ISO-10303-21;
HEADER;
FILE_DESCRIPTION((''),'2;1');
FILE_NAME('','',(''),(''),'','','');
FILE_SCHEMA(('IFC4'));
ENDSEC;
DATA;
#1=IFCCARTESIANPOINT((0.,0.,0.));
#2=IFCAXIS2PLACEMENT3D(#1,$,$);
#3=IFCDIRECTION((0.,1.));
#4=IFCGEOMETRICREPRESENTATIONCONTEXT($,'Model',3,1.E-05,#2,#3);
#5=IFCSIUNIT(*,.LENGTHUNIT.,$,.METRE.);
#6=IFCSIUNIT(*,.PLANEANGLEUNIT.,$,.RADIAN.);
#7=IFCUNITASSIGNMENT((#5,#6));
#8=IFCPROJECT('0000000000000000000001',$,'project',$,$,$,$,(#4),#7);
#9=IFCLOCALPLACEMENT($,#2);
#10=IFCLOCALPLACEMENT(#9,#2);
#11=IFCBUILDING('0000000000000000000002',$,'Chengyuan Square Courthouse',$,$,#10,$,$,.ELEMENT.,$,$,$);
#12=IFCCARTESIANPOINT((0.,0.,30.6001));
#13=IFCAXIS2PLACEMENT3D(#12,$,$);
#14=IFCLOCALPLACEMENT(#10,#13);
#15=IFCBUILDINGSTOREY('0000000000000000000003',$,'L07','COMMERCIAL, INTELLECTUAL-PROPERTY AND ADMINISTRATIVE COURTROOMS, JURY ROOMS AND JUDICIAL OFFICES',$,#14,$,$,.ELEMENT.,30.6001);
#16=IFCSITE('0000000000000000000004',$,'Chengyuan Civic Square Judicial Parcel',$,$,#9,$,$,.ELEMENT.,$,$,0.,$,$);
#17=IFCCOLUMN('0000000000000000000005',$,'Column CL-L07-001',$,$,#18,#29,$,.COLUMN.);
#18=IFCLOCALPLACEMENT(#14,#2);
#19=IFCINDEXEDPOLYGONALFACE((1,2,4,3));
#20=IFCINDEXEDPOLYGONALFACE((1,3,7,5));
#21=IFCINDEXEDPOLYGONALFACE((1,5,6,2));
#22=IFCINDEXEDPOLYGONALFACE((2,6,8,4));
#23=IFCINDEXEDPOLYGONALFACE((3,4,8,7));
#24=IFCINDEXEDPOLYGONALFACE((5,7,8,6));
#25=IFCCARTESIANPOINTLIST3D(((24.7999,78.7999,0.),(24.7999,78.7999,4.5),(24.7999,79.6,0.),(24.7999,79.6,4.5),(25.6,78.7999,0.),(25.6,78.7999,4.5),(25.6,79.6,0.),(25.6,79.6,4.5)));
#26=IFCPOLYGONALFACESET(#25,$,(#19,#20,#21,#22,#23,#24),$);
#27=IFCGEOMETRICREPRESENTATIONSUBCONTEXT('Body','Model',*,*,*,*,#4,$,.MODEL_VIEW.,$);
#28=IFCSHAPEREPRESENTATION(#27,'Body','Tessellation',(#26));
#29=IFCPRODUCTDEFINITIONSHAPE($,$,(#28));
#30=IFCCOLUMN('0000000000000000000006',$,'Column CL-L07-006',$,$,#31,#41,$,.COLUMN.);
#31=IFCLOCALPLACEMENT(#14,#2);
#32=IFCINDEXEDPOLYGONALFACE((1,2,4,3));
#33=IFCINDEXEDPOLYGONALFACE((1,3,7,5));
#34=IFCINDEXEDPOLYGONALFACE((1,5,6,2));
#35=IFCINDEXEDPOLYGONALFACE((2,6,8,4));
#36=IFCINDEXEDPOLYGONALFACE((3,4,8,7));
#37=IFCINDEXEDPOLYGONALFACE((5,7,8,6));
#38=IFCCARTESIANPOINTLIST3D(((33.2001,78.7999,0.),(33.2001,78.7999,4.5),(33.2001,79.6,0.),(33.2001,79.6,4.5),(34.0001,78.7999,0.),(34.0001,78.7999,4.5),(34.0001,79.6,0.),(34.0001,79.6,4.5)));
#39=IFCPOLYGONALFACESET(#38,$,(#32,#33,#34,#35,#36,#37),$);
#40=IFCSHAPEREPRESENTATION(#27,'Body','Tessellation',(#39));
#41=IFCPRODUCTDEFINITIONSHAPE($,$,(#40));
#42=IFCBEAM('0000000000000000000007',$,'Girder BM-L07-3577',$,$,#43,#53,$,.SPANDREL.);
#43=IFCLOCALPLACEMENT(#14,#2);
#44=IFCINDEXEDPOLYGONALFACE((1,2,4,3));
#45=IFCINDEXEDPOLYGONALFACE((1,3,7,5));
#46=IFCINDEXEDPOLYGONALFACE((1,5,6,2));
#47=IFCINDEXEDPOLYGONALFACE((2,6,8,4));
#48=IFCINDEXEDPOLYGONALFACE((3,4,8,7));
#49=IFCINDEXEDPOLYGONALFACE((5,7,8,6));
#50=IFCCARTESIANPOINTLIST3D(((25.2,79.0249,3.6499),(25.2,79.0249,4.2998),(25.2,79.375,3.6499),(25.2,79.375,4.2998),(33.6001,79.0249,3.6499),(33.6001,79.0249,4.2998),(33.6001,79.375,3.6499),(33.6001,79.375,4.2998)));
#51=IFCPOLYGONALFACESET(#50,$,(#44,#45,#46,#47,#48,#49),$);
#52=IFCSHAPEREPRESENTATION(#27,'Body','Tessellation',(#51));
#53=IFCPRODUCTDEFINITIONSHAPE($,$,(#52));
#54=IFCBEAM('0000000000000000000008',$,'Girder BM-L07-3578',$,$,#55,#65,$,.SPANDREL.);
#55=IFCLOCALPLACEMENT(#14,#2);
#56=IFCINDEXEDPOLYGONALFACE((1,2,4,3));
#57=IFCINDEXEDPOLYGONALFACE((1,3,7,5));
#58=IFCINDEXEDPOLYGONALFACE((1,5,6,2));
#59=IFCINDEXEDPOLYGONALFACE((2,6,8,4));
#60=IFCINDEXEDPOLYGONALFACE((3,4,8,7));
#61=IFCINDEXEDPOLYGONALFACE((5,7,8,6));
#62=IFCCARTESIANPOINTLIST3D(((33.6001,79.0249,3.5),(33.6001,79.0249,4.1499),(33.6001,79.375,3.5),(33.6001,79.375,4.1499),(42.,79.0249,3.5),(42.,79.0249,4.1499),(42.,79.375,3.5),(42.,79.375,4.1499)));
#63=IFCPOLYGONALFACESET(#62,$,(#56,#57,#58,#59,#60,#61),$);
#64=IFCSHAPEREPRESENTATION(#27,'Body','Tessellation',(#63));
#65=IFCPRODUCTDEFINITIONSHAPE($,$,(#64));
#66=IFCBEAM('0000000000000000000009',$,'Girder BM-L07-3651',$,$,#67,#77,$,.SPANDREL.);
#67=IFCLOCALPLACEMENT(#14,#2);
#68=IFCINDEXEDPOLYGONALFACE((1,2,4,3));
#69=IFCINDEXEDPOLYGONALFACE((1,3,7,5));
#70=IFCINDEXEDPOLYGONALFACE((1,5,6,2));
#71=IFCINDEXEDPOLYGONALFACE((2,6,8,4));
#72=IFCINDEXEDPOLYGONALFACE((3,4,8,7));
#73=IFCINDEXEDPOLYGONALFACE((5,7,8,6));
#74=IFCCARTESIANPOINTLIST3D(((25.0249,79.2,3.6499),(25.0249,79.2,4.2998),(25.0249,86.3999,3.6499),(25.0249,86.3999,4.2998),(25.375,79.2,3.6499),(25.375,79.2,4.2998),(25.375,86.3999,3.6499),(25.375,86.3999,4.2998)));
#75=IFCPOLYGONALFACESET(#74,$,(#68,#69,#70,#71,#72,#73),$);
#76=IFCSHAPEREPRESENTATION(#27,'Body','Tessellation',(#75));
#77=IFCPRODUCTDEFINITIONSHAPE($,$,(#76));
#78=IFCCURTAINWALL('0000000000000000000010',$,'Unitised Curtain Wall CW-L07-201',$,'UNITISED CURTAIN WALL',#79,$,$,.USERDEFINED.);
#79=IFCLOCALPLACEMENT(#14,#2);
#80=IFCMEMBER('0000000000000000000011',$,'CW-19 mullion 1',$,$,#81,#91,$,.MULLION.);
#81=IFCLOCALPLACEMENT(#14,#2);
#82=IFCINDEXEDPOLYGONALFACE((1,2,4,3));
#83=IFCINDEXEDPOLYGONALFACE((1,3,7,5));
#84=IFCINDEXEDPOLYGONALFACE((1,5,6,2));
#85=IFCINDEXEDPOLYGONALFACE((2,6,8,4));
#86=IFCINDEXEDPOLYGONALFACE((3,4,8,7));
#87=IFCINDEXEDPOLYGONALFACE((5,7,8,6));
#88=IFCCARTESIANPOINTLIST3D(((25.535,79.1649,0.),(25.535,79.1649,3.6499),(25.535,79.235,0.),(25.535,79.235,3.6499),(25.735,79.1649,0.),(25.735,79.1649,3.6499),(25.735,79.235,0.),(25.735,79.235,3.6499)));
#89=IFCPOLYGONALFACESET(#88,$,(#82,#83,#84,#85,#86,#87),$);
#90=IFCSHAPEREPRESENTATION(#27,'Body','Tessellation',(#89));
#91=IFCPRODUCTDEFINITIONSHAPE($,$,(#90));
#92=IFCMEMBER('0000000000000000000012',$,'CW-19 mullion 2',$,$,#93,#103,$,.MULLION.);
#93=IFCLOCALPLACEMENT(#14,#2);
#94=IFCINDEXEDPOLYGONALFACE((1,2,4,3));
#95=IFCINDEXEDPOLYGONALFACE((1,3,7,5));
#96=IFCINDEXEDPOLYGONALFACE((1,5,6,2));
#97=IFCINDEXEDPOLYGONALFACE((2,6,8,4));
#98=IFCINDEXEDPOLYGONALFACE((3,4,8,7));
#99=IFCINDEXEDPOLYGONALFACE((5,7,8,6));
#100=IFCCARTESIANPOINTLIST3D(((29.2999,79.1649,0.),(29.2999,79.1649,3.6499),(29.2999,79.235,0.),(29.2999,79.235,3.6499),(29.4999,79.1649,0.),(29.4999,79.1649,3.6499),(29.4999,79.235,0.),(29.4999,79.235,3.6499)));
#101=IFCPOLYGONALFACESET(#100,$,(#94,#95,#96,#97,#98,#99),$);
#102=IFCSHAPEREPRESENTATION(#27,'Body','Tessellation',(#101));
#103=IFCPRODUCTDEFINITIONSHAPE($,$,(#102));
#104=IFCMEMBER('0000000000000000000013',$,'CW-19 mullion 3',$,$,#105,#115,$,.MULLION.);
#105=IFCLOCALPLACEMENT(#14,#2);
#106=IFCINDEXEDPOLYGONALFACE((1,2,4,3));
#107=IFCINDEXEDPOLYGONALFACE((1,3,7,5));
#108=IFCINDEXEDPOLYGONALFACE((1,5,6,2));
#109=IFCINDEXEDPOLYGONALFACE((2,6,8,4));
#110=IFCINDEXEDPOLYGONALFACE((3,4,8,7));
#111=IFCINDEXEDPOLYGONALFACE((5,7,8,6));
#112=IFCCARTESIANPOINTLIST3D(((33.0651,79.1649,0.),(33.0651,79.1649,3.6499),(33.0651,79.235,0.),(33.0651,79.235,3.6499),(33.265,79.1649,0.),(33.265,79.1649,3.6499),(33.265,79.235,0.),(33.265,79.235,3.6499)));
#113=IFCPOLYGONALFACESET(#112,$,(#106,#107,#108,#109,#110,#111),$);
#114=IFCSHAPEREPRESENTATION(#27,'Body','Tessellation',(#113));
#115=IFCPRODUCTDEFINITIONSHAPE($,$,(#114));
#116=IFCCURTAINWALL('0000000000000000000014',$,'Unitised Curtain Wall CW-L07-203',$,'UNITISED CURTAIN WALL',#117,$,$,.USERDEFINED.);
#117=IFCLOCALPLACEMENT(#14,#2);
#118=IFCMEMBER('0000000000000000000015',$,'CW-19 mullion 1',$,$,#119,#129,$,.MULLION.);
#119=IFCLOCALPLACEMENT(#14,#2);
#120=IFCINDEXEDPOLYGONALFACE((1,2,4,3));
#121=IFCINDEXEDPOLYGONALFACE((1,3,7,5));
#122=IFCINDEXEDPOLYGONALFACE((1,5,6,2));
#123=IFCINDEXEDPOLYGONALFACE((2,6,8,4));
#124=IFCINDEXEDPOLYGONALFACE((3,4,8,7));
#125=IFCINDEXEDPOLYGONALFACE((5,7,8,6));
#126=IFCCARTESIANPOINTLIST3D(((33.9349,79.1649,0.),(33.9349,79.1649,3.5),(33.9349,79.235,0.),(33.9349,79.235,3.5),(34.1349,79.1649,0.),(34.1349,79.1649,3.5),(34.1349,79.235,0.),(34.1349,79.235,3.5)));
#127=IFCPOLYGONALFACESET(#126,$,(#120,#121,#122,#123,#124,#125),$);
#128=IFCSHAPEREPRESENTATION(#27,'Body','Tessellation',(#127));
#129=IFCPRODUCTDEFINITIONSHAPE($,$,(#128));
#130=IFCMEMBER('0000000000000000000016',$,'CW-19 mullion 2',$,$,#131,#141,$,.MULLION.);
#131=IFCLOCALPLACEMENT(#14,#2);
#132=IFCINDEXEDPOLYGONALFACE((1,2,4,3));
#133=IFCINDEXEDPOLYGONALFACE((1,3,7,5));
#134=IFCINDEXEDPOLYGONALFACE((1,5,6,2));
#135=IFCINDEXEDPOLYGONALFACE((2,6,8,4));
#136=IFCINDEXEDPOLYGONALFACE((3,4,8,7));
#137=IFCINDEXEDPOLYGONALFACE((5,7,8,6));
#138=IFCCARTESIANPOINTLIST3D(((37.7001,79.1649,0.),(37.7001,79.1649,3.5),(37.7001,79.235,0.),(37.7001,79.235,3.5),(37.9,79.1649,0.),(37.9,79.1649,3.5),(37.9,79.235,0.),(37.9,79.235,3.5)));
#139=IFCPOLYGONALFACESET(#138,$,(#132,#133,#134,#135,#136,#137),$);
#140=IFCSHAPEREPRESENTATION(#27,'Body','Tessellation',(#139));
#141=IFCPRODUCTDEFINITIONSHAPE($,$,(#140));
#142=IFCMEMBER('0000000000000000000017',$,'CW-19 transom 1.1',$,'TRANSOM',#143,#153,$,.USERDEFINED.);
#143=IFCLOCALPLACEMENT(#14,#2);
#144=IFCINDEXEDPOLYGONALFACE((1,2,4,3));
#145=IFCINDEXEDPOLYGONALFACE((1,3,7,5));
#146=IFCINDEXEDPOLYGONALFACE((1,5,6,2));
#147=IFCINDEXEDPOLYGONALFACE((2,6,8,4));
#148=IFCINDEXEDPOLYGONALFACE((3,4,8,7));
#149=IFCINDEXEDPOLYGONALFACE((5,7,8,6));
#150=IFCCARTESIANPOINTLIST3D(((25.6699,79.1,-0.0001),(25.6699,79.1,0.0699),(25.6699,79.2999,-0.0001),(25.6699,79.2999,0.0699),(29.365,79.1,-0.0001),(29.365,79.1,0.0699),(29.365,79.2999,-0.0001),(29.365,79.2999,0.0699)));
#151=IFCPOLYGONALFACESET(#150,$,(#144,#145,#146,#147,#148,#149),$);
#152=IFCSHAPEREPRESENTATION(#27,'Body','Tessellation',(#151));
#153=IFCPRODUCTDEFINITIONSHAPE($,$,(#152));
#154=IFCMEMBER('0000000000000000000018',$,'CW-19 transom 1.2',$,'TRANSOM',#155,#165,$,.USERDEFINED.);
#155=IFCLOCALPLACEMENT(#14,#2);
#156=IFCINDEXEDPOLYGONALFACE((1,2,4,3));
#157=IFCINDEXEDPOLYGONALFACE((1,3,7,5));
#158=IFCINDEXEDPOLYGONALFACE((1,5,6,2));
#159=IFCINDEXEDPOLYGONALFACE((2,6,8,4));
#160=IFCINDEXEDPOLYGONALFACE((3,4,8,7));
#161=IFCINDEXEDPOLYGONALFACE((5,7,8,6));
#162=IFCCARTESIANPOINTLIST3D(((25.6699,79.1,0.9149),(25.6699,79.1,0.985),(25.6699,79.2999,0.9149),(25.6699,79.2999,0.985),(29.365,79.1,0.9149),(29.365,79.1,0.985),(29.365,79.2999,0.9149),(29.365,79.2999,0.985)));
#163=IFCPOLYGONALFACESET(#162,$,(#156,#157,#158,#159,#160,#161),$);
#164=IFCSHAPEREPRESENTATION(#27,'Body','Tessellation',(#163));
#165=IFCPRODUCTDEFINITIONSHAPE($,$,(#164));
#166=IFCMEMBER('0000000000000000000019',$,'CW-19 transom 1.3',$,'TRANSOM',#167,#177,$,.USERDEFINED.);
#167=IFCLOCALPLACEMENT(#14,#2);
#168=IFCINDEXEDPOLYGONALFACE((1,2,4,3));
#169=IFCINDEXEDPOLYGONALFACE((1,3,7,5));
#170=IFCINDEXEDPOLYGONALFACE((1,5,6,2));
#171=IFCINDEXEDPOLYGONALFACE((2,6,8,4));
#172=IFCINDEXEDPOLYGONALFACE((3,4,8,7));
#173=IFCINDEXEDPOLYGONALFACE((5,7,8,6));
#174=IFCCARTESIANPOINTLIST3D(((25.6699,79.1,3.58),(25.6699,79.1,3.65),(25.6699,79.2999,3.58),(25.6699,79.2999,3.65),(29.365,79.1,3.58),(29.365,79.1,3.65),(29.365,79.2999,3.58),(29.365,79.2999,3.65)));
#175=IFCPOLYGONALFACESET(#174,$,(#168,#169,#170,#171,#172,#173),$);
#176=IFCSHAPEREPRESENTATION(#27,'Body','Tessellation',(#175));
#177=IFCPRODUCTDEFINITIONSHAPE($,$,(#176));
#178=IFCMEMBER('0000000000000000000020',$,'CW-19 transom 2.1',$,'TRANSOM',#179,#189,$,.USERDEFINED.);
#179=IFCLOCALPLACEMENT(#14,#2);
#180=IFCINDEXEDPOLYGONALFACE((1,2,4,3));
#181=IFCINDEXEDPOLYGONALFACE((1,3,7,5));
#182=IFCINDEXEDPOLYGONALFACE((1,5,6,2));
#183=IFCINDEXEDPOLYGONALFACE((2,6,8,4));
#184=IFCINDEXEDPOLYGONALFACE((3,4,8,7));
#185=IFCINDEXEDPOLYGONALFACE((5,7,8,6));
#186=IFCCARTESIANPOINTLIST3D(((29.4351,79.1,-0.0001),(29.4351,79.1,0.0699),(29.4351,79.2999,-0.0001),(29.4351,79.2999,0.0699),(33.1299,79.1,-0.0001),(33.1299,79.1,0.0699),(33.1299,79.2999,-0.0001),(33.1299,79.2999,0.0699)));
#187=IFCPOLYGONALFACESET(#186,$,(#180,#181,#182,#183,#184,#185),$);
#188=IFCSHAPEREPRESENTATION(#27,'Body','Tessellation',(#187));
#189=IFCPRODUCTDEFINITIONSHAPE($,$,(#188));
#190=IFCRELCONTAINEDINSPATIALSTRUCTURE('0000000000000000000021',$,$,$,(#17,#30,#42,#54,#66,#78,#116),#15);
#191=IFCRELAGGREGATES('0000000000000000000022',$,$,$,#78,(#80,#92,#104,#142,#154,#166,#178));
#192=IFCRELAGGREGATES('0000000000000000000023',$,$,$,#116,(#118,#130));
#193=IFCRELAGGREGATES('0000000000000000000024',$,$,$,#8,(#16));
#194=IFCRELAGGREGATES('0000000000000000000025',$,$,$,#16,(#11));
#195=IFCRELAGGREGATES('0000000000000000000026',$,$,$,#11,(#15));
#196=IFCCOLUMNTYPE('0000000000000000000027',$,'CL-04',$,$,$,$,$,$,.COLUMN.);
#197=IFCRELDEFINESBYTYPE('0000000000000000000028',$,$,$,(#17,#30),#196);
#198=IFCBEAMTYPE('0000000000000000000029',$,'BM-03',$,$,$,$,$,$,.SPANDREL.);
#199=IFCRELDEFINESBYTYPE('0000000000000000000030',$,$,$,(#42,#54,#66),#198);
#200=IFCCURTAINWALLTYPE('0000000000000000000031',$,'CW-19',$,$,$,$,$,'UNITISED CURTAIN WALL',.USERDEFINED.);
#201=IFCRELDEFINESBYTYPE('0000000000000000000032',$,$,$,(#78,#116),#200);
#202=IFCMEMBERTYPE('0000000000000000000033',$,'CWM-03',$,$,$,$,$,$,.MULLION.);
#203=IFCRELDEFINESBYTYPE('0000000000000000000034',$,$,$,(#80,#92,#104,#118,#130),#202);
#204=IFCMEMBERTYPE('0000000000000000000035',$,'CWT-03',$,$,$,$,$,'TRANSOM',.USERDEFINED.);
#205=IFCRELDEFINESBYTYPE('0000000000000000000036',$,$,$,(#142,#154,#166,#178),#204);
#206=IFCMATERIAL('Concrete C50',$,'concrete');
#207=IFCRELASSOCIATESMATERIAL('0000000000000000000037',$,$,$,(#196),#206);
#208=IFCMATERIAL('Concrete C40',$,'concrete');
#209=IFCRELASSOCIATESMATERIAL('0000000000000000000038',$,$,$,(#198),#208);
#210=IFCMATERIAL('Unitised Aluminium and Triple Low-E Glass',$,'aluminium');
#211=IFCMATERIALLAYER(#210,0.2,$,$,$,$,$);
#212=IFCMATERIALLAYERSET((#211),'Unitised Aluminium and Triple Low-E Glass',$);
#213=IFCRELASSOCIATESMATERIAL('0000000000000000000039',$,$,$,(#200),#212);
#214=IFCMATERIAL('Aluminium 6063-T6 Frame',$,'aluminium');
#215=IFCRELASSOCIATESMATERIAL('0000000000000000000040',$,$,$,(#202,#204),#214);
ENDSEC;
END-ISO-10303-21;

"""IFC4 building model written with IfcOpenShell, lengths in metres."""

from ifc_helpers import new_model, si_unit, direction, frame, origin, origin_2d, place, context, subcontext, project, spatial, rectangle, extrude, material, layer, layer_set, material_profile, profile_set, type_object, element, aggregate, save


model = new_model("IFC4")

# Units and contexts
model_context = context("Model", 3, precision=1e-05, world=origin(), true_north=direction((0.0, 1.0)))
body_context = subcontext(model_context, "Body", "Model", "MODEL_VIEW")
ifc_project = project(units=[si_unit("LENGTHUNIT", "METRE"), si_unit("PLANEANGLEUNIT", "RADIAN")], contexts=[model_context])

# Site, building, storey
site_placement = place(None, origin())
site = spatial("IfcSite", under=ifc_project, at=site_placement, Name="Chengyuan Civic Square Judicial Parcel", CompositionType="ELEMENT", RefElevation=0.0)
building_placement = place(site_placement, origin())
building = spatial("IfcBuilding", under=site, at=building_placement, Name="Chengyuan Square Courthouse", CompositionType="ELEMENT")
storey_placement = place(building_placement, frame((0.0, 0.0, 30.6001)))
storey = spatial("IfcBuildingStorey", under=building, at=storey_placement, Name="L07", Description="COMMERCIAL, INTELLECTUAL-PROPERTY AND ADMINISTRATIVE COURTROOMS, JURY ROOMS AND JUDICIAL OFFICES", CompositionType="ELEMENT", Elevation=30.6001)

# Columns
ifc_material_1 = material(Name="Concrete C50", Category="concrete")
ifc_material_profile_1 = material_profile(ifc_material_1, rectangle(XDim=0.8, YDim=0.8, at=origin_2d()), Name="RC-COL-800x800")
ifc_profile_set_1 = profile_set([ifc_material_profile_1], Name="Concrete C50")
column_type = type_object("IfcColumnType", Name="CL-04", PredefinedType="COLUMN", material=ifc_profile_set_1)
for number, where, z_axis, x_axis, name in (
    (1, (25.2, 79.2, 0.0), (0.0, 0.0, 1.0), (1.0, 0.0, 0.0), "Column CL-L07-001"),
    (2, (33.6001, 79.2, 0.0), (0.0, 0.0, 1.0), (1.0, 0.0, 0.0), "Column CL-L07-006"),
):
    element("IfcColumn", number, at=place(storey_placement, frame(where, z_axis=z_axis, x_axis=x_axis)), inside=storey, type_object=column_type, Name=name, PredefinedType="COLUMN", context=body_context, shape_type="SweptSolid", body=[
        extrude(rectangle(XDim=0.8, YDim=0.8, at=origin_2d()), origin(), (0.0, 0.0, 1.0), 4.5),
    ])

# Beams
ifc_material_2 = material(Name="Concrete C40", Category="concrete")
ifc_material_profile_2 = material_profile(ifc_material_2, rectangle(XDim=0.3501, YDim=0.6499, at=origin_2d()), Name="RC-BM-350x650")
ifc_profile_set_2 = profile_set([ifc_material_profile_2], Name="Concrete C40")
beam_type = type_object("IfcBeamType", Name="BM-03", PredefinedType="SPANDREL", material=ifc_profile_set_2)
beam_1_placement = place(storey_placement, frame((25.2, 79.2, 3.9749), z_axis=(1.0, 0.0, 0.0), x_axis=(0.0, 1.0, 0.0)))
element("IfcBeam", 3, at=beam_1_placement, inside=storey, type_object=beam_type, Name="Girder BM-L07-3577", PredefinedType="SPANDREL", context=body_context, shape_type="SweptSolid", body=[
    extrude(rectangle(XDim=0.3501, YDim=0.6499, at=origin_2d()), origin(), (0.0, 0.0, 1.0), 8.4001),
])
beam_2_placement = place(storey_placement, frame((33.6001, 79.2, 3.825), z_axis=(1.0, 0.0, 0.0), x_axis=(0.0, 1.0, 0.0)))
element("IfcBeam", 4, at=beam_2_placement, inside=storey, type_object=beam_type, Name="Girder BM-L07-3578", PredefinedType="SPANDREL", context=body_context, shape_type="SweptSolid", body=[
    extrude(rectangle(XDim=0.3501, YDim=0.6499, at=origin_2d()), origin(), (0.0, 0.0, 1.0), 8.3999),
])
beam_3_placement = place(storey_placement, frame((25.2, 79.2, 3.9749), z_axis=(0.0, 1.0, 0.0), x_axis=(-1.0, 0.0, 0.0)))
element("IfcBeam", 5, at=beam_3_placement, inside=storey, type_object=beam_type, Name="Girder BM-L07-3651", PredefinedType="SPANDREL", context=body_context, shape_type="SweptSolid", body=[
    extrude(rectangle(XDim=0.3501, YDim=0.6499, at=origin_2d()), origin(), (0.0, 0.0, 1.0), 7.2),
])

# Curtain walls, members
ifc_material_3 = material(Name="Unitised Aluminium and Triple Low-E Glass", Category="aluminium")
ifc_layer_1 = layer(ifc_material_3, 0.2)
ifc_layer_set_1 = layer_set([ifc_layer_1], Name="Unitised Aluminium and Triple Low-E Glass")
curtain_wall_type = type_object("IfcCurtainWallType", Name="CW-19", ElementType="UNITISED CURTAIN WALL", PredefinedType="USERDEFINED", material=ifc_layer_set_1)
curtain_wall_1_placement = place(storey_placement, origin())
curtain_wall_1 = element("IfcCurtainWall", 6, at=curtain_wall_1_placement, inside=storey, type_object=curtain_wall_type, Name="Unitised Curtain Wall CW-L07-201", ObjectType="UNITISED CURTAIN WALL", PredefinedType="USERDEFINED")
ifc_material_4 = material(Name="Aluminium 6063-T6 Frame", Category="aluminium")
ifc_material_profile_3 = material_profile(ifc_material_4, rectangle(XDim=0.0701, YDim=0.2, at=origin_2d()), Name="CW-MUL-70x200")
ifc_profile_set_3 = profile_set([ifc_material_profile_3], Name="Aluminium 6063-T6 Frame")
member_type_1 = type_object("IfcMemberType", Name="CWM-03", PredefinedType="MULLION", material=ifc_profile_set_3)
member_1_placement = place(storey_placement, frame((25.635, 79.2, 0.0), z_axis=(0.0, 0.0, 1.0), x_axis=(0.0, 1.0, 0.0)))
member_1 = element("IfcMember", 7, at=member_1_placement, type_object=member_type_1, Name="CW-19 mullion 1", PredefinedType="MULLION", context=body_context, shape_type="SweptSolid", body=[
    extrude(rectangle(XDim=0.0701, YDim=0.2, at=origin_2d()), origin(), (0.0, 0.0, 1.0), 3.6499),
])
member_2_placement = place(storey_placement, frame((29.3999, 79.2, 0.0), z_axis=(0.0, 0.0, 1.0), x_axis=(0.0, 1.0, 0.0)))
member_2 = element("IfcMember", 8, at=member_2_placement, type_object=member_type_1, Name="CW-19 mullion 2", PredefinedType="MULLION", context=body_context, shape_type="SweptSolid", body=[
    extrude(rectangle(XDim=0.0701, YDim=0.2, at=origin_2d()), origin(), (0.0, 0.0, 1.0), 3.6499),
])
member_3_placement = place(storey_placement, frame((33.165, 79.2, 0.0), z_axis=(0.0, 0.0, 1.0), x_axis=(0.0, 1.0, 0.0)))
member_3 = element("IfcMember", 9, at=member_3_placement, type_object=member_type_1, Name="CW-19 mullion 3", PredefinedType="MULLION", context=body_context, shape_type="SweptSolid", body=[
    extrude(rectangle(XDim=0.0701, YDim=0.2, at=origin_2d()), origin(), (0.0, 0.0, 1.0), 3.6499),
])
curtain_wall_2_placement = place(storey_placement, origin())
curtain_wall_2 = element("IfcCurtainWall", 10, at=curtain_wall_2_placement, inside=storey, type_object=curtain_wall_type, Name="Unitised Curtain Wall CW-L07-203", ObjectType="UNITISED CURTAIN WALL", PredefinedType="USERDEFINED")
member_4_placement = place(storey_placement, frame((34.0349, 79.2, 0.0), z_axis=(0.0, 0.0, 1.0), x_axis=(0.0, 1.0, 0.0)))
member_4 = element("IfcMember", 11, at=member_4_placement, type_object=member_type_1, Name="CW-19 mullion 1", PredefinedType="MULLION", context=body_context, shape_type="SweptSolid", body=[
    extrude(rectangle(XDim=0.0701, YDim=0.2, at=origin_2d()), origin(), (0.0, 0.0, 1.0), 3.5),
])
member_5_placement = place(storey_placement, frame((37.8, 79.2, 0.0), z_axis=(0.0, 0.0, 1.0), x_axis=(0.0, 1.0, 0.0)))
member_5 = element("IfcMember", 12, at=member_5_placement, type_object=member_type_1, Name="CW-19 mullion 2", PredefinedType="MULLION", context=body_context, shape_type="SweptSolid", body=[
    extrude(rectangle(XDim=0.0701, YDim=0.2, at=origin_2d()), origin(), (0.0, 0.0, 1.0), 3.5),
])

# Members
ifc_material_profile_4 = material_profile(ifc_material_4, rectangle(XDim=0.2, YDim=0.0701, at=origin_2d()), Name="CW-TRN-70x160")
ifc_profile_set_4 = profile_set([ifc_material_profile_4], Name="Aluminium 6063-T6 Frame")
member_type_2 = type_object("IfcMemberType", Name="CWT-03", ElementType="TRANSOM", PredefinedType="USERDEFINED", material=ifc_profile_set_4)
member_6_placement = place(storey_placement, frame((25.6699, 79.2, 0.0349), z_axis=(1.0, 0.0, 0.0), x_axis=(0.0, 1.0, 0.0)))
member_6 = element("IfcMember", 13, at=member_6_placement, type_object=member_type_2, Name="CW-19 transom 1.1", ObjectType="TRANSOM", PredefinedType="USERDEFINED", context=body_context, shape_type="SweptSolid", body=[
    extrude(rectangle(XDim=0.2, YDim=0.0701, at=origin_2d()), origin(), (0.0, 0.0, 1.0), 3.6951),
])
member_7_placement = place(storey_placement, frame((25.6699, 79.2, 0.95), z_axis=(1.0, 0.0, 0.0), x_axis=(0.0, 1.0, 0.0)))
member_7 = element("IfcMember", 14, at=member_7_placement, type_object=member_type_2, Name="CW-19 transom 1.2", ObjectType="TRANSOM", PredefinedType="USERDEFINED", context=body_context, shape_type="SweptSolid", body=[
    extrude(rectangle(XDim=0.2, YDim=0.0701, at=origin_2d()), origin(), (0.0, 0.0, 1.0), 3.6951),
])
member_8_placement = place(storey_placement, frame((25.6699, 79.2, 3.615), z_axis=(1.0, 0.0, 0.0), x_axis=(0.0, 1.0, 0.0)))
member_8 = element("IfcMember", 15, at=member_8_placement, type_object=member_type_2, Name="CW-19 transom 1.3", ObjectType="TRANSOM", PredefinedType="USERDEFINED", context=body_context, shape_type="SweptSolid", body=[
    extrude(rectangle(XDim=0.2, YDim=0.0701, at=origin_2d()), origin(), (0.0, 0.0, 1.0), 3.6951),
])
member_9_placement = place(storey_placement, frame((29.4351, 79.2, 0.0349), z_axis=(1.0, 0.0, 0.0), x_axis=(0.0, 1.0, 0.0)))
member_9 = element("IfcMember", 16, at=member_9_placement, type_object=member_type_2, Name="CW-19 transom 2.1", ObjectType="TRANSOM", PredefinedType="USERDEFINED", context=body_context, shape_type="SweptSolid", body=[
    extrude(rectangle(XDim=0.2, YDim=0.0701, at=origin_2d()), origin(), (0.0, 0.0, 1.0), 3.6948),
])

aggregate(curtain_wall_1, [member_1, member_2, member_3, member_6, member_7, member_8, member_9])
aggregate(curtain_wall_2, [member_4, member_5])

save(model, "model.ifc")
